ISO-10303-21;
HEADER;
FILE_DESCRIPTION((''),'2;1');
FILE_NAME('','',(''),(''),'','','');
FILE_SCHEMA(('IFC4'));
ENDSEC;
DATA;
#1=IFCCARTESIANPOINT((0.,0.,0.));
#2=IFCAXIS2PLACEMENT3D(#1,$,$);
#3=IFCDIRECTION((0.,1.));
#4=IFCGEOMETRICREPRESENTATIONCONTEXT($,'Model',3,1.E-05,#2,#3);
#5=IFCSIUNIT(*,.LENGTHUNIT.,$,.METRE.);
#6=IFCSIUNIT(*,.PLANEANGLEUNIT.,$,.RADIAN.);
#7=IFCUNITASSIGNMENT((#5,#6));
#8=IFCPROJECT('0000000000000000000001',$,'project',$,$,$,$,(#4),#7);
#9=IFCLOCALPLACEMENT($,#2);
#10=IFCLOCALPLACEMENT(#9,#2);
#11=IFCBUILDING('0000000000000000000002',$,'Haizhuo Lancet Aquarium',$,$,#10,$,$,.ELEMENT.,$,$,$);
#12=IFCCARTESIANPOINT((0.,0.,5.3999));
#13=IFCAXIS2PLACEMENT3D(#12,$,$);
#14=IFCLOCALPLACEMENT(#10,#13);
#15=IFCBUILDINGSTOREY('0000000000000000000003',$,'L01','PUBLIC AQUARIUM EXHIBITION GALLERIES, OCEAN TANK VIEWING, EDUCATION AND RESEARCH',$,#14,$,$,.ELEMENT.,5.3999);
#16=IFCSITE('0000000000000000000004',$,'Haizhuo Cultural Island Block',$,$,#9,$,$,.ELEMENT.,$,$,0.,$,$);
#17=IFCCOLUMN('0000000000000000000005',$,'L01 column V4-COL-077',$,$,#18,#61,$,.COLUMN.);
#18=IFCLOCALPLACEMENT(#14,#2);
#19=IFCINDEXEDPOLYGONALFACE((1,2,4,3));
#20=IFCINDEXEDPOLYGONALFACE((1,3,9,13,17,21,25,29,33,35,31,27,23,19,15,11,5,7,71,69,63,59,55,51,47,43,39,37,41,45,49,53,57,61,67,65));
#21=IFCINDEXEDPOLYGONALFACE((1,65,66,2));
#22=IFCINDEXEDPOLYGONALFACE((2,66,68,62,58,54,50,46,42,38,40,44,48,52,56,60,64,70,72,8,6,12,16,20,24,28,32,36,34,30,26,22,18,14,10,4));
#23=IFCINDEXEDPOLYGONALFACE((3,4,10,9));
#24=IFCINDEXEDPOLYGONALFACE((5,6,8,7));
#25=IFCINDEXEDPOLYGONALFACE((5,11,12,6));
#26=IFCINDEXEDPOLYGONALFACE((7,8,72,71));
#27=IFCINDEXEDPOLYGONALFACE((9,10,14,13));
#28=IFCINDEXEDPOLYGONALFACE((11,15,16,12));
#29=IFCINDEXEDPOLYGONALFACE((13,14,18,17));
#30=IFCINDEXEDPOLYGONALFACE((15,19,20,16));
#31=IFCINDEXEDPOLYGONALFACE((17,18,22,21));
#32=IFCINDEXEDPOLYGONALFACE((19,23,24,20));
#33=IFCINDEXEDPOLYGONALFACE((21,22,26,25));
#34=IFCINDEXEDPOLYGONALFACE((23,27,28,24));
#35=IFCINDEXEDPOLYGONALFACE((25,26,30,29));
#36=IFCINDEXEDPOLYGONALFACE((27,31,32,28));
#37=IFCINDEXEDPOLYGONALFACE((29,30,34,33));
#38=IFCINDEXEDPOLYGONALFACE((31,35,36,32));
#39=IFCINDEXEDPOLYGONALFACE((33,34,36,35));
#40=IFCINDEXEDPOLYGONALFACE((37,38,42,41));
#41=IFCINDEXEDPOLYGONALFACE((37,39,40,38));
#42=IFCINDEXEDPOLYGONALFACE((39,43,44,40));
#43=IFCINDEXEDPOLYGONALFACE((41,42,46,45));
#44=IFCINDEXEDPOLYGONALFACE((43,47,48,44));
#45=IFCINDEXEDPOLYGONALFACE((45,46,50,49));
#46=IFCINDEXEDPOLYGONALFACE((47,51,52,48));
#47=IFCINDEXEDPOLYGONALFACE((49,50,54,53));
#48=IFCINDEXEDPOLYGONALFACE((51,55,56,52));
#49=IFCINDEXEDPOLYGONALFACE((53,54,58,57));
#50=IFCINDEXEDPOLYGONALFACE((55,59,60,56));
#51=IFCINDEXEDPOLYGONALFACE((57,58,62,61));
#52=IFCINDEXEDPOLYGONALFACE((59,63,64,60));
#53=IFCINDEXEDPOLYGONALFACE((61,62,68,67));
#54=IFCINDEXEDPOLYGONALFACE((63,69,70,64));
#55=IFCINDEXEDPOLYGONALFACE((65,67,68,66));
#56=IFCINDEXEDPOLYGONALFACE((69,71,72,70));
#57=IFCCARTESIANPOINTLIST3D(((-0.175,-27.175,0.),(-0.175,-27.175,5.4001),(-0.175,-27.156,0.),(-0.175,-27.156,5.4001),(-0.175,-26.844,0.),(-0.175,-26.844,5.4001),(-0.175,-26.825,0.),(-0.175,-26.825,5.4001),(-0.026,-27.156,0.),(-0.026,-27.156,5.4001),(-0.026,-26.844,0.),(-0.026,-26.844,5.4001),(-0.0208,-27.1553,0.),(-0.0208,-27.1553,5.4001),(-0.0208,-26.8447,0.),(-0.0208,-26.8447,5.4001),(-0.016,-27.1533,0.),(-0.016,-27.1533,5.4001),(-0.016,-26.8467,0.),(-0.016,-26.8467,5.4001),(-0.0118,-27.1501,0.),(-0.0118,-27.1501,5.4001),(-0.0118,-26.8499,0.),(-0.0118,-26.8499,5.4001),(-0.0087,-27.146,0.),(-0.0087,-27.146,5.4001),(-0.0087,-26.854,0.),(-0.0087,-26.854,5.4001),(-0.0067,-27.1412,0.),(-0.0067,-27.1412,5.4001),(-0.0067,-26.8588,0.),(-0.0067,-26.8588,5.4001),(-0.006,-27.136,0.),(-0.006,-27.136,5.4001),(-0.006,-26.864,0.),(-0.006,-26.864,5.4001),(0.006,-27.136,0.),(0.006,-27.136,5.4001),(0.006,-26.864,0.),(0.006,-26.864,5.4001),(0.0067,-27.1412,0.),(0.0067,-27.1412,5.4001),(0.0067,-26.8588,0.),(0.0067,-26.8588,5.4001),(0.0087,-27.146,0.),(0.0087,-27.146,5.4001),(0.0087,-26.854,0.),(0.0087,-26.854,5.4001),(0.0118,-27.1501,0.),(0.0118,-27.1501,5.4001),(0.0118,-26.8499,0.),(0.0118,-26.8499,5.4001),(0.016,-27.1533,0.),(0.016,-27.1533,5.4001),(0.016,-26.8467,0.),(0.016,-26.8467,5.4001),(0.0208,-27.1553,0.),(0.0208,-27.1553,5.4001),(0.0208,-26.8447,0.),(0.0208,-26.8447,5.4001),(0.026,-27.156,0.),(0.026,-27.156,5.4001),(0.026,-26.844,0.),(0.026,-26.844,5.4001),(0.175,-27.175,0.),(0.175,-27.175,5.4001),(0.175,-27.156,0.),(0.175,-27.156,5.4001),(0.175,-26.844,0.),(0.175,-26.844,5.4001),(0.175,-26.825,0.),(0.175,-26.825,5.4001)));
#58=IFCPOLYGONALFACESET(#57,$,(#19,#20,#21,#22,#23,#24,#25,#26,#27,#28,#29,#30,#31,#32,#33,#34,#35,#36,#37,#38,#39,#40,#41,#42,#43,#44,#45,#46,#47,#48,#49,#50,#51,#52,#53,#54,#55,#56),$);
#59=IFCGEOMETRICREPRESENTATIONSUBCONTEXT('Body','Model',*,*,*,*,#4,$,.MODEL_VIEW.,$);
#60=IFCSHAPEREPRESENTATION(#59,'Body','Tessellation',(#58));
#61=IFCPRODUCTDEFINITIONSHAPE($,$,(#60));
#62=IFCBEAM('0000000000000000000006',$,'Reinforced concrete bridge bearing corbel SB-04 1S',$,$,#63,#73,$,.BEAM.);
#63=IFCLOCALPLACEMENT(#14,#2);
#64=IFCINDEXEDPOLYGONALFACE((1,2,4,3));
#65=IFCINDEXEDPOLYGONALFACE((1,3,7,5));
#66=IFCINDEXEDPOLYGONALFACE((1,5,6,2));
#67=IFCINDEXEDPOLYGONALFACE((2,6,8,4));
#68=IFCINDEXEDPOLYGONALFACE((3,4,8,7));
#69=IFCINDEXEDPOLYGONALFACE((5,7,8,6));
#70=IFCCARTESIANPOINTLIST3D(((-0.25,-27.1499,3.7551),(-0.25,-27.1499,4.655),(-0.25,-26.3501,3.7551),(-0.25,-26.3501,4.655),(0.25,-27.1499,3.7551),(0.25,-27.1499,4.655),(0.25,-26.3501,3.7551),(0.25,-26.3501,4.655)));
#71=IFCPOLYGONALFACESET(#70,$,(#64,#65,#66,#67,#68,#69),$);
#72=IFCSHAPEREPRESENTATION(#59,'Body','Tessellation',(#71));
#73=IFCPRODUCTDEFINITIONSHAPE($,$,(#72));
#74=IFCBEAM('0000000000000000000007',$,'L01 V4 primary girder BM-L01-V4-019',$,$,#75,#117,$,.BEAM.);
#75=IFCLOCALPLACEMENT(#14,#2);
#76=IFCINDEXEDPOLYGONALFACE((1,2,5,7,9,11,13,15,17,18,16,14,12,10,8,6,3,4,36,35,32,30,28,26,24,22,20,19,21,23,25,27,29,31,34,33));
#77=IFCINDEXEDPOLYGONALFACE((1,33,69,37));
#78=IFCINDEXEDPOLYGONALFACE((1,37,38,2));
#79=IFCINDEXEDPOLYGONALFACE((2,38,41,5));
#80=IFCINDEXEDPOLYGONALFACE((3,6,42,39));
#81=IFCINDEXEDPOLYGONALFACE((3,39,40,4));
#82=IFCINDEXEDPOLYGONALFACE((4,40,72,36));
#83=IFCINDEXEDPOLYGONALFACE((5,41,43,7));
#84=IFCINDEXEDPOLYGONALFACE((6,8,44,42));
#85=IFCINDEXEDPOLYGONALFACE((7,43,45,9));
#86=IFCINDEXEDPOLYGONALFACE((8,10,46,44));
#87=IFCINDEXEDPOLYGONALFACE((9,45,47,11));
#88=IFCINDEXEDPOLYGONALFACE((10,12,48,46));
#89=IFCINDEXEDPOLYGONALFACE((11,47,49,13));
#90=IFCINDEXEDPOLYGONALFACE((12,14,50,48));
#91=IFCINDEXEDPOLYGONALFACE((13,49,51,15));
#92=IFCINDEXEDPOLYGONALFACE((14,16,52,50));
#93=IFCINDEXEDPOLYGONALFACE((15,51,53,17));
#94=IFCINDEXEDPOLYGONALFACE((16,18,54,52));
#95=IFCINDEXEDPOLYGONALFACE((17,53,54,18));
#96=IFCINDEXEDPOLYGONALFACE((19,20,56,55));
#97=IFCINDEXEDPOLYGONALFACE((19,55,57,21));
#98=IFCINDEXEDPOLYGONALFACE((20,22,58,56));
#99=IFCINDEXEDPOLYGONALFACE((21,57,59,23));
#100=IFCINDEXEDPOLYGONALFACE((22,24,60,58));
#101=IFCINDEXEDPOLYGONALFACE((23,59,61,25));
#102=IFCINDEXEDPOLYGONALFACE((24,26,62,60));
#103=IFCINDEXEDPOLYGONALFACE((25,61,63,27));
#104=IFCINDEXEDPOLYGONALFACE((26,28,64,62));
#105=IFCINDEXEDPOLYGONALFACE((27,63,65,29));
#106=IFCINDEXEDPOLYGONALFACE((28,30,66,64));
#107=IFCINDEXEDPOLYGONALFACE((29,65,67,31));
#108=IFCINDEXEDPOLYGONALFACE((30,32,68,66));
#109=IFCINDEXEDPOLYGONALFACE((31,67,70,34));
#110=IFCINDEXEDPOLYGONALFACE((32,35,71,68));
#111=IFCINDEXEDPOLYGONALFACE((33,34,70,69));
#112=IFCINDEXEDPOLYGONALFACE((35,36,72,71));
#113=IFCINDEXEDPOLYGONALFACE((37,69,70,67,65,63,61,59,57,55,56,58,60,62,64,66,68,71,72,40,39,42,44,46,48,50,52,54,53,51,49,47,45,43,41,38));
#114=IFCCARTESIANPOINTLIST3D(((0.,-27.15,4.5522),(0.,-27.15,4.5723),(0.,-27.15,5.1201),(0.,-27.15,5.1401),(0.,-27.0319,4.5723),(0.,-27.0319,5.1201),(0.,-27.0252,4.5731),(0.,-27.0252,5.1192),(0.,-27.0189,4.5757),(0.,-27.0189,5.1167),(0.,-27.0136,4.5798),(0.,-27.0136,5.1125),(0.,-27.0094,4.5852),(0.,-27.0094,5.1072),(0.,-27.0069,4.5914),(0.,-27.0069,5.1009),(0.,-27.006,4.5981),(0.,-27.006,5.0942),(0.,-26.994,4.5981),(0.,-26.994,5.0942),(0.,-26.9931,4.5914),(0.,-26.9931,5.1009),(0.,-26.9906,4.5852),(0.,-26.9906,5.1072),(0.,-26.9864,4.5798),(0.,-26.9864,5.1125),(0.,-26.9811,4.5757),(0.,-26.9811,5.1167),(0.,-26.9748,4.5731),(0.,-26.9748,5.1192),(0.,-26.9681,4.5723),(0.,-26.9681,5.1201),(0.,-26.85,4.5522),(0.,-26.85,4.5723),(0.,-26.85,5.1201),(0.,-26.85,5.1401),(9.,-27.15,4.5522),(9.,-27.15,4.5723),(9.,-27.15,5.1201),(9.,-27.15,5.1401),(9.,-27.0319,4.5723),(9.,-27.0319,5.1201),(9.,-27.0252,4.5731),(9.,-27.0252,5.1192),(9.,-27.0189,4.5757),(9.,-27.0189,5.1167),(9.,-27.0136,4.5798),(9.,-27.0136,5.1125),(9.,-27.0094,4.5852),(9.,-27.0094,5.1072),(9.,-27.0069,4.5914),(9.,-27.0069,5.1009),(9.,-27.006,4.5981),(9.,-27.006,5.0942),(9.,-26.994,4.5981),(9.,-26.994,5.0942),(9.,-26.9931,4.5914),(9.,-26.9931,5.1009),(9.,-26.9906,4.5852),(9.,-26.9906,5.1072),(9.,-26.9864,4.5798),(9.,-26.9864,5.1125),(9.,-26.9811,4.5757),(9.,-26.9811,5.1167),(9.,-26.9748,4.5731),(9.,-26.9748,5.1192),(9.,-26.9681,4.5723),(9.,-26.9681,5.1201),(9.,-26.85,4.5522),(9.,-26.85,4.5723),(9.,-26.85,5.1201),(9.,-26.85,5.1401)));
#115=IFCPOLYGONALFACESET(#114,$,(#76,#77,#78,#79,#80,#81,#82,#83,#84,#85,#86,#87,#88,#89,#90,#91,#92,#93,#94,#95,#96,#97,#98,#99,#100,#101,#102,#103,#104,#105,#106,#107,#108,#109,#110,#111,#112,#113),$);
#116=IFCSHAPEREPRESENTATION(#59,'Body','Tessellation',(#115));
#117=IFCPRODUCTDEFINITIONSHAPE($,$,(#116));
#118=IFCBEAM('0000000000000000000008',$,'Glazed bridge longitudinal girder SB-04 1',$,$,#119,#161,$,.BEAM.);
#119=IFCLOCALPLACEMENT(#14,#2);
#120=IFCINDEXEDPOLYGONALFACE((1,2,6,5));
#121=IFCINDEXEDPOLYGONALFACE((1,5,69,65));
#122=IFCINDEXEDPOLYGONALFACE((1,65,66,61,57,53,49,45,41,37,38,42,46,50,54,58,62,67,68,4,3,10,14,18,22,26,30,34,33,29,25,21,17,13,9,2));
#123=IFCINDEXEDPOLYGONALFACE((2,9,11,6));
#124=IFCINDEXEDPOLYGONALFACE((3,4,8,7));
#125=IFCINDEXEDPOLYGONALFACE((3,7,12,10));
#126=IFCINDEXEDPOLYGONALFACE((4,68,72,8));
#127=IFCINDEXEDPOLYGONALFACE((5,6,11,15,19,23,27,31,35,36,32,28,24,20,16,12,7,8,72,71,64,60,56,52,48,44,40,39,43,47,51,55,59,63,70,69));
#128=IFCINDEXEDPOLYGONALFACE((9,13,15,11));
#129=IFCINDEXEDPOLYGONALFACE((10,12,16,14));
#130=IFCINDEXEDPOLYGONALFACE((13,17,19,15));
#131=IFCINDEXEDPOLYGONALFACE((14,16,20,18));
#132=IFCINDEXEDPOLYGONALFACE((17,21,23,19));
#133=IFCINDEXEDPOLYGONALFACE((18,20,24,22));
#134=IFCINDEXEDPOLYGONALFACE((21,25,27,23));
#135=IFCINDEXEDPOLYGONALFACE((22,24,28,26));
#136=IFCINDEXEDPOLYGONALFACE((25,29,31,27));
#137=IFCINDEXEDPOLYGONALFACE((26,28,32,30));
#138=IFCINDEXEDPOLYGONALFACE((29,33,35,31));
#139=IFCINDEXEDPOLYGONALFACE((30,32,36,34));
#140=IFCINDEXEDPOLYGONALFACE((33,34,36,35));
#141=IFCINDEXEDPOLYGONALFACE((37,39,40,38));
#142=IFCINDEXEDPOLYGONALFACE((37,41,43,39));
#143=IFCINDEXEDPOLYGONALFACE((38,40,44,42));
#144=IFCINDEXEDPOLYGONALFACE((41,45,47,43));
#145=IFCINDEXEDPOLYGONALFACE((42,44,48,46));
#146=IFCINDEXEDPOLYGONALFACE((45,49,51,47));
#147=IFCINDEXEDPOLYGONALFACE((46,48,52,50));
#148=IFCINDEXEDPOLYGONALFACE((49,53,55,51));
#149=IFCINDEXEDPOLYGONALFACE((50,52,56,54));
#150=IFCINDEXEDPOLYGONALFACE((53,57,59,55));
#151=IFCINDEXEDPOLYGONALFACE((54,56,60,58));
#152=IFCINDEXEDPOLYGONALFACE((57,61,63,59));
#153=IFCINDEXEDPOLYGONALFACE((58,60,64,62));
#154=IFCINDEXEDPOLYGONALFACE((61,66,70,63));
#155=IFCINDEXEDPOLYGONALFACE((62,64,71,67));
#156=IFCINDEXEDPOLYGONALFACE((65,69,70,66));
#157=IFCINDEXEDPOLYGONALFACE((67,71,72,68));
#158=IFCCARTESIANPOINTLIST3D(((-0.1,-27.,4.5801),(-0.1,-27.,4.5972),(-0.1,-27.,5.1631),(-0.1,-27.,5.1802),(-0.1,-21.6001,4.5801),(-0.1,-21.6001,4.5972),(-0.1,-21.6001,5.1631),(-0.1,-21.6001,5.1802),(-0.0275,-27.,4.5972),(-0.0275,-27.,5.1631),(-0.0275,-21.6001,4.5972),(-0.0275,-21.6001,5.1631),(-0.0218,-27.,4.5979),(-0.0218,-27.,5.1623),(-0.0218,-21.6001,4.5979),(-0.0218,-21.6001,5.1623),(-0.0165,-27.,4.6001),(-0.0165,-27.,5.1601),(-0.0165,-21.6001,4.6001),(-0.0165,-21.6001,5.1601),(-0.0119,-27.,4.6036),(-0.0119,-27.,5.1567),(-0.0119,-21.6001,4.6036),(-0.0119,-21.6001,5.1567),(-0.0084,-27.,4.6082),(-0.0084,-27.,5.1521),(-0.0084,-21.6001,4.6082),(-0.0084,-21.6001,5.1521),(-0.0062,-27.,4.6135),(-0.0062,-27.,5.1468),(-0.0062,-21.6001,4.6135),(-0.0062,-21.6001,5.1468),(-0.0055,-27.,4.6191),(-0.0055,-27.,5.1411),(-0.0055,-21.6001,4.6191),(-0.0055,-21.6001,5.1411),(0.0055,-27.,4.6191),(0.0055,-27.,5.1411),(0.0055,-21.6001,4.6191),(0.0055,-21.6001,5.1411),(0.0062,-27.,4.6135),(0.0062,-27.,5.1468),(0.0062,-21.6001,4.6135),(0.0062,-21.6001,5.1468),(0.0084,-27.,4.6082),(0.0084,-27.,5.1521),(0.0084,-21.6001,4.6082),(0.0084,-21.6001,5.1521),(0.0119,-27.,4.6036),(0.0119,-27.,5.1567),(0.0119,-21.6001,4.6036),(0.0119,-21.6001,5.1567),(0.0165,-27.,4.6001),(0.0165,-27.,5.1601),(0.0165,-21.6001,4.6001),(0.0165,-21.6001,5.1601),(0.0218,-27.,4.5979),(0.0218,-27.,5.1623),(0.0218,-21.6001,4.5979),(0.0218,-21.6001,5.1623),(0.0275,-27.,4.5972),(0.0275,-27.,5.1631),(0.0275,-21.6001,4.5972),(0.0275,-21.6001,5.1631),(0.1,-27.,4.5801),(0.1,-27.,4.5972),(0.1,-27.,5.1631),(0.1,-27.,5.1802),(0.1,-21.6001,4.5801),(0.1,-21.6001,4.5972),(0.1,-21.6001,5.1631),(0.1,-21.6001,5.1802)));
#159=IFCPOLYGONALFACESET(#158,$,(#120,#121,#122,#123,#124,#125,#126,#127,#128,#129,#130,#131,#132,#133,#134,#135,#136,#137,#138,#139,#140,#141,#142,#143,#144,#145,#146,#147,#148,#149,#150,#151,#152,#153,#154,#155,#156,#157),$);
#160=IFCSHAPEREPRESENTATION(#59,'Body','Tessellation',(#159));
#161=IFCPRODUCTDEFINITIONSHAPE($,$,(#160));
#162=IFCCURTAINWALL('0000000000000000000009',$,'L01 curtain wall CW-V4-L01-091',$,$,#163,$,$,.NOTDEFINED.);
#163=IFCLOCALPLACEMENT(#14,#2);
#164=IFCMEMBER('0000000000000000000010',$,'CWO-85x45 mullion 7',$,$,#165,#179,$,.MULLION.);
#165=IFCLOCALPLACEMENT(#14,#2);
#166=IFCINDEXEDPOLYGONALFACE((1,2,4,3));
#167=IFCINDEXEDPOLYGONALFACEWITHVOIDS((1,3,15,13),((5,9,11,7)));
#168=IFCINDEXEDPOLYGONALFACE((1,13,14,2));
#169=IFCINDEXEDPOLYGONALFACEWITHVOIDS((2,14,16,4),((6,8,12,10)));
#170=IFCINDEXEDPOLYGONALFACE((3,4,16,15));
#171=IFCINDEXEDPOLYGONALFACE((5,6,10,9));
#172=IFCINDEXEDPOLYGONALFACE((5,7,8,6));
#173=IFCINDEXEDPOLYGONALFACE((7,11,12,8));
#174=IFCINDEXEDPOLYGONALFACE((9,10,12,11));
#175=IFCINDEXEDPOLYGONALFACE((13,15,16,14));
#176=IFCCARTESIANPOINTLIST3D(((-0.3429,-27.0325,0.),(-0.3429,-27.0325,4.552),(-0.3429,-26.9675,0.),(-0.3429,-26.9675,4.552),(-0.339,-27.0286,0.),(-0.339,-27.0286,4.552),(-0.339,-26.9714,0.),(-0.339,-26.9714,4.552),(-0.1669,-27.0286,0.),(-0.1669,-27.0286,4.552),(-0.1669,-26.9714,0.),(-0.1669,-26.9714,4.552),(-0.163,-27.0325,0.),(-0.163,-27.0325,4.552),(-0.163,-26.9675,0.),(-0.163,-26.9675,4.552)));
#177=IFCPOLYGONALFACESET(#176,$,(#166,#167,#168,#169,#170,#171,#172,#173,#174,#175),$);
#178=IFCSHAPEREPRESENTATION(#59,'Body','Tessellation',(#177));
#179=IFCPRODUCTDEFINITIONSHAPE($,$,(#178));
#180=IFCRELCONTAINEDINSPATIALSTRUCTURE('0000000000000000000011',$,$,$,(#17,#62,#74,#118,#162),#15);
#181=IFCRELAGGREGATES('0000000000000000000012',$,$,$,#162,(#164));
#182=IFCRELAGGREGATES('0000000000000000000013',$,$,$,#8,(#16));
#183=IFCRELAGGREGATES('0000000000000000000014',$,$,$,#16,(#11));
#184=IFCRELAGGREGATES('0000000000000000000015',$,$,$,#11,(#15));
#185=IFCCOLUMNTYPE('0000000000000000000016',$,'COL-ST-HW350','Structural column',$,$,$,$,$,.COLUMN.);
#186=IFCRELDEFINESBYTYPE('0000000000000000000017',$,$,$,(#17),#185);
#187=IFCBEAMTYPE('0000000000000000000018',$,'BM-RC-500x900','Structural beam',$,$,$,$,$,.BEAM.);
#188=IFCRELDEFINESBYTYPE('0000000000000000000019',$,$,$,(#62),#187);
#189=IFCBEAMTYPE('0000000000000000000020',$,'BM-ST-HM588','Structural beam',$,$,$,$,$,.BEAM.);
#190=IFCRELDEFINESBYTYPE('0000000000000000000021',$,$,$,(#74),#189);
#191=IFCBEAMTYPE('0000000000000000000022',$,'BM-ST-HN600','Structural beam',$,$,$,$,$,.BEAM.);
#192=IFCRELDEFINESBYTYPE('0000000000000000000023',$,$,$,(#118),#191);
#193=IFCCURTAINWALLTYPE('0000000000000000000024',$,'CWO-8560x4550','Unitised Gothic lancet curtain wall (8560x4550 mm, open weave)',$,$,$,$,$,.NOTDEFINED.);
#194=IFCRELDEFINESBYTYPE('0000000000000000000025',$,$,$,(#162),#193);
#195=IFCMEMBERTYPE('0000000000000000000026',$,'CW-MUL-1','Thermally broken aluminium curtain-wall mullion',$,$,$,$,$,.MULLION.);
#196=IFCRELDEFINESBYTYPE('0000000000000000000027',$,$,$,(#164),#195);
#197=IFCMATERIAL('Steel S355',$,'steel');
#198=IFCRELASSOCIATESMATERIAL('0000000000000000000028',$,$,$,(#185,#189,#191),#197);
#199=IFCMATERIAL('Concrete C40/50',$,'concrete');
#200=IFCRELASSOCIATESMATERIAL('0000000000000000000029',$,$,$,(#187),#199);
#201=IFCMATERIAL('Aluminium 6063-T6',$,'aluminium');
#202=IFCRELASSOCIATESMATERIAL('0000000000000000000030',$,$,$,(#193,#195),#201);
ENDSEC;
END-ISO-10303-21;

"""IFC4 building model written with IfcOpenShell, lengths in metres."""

from ifc_helpers import new_model, si_unit, direction, frame, origin, origin_2d, place, context, subcontext, project, spatial, rectangle, hollow_rectangle, i_section, extrude, material, material_profile, profile_set, type_object, element, aggregate, save


model = new_model("IFC4")

# Units and contexts
model_context = context("Model", 3, precision=1e-05, world=origin(), true_north=direction((0.0, 1.0)))
body_context = subcontext(model_context, "Body", "Model", "MODEL_VIEW")
ifc_project = project(units=[si_unit("LENGTHUNIT", "METRE"), si_unit("PLANEANGLEUNIT", "RADIAN")], contexts=[model_context])

# Site, building, storey
site_placement = place(None, origin())
site = spatial("IfcSite", under=ifc_project, at=site_placement, Name="Haizhuo Cultural Island Block", CompositionType="ELEMENT", RefElevation=0.0)
building_placement = place(site_placement, origin())
building = spatial("IfcBuilding", under=site, at=building_placement, Name="Haizhuo Lancet Aquarium", CompositionType="ELEMENT")
storey_placement = place(building_placement, frame((0.0, 0.0, 5.3999)))
storey = spatial("IfcBuildingStorey", under=building, at=storey_placement, Name="L01", Description="PUBLIC AQUARIUM EXHIBITION GALLERIES, OCEAN TANK VIEWING, EDUCATION AND RESEARCH", CompositionType="ELEMENT", Elevation=5.3999)

# Column
ifc_material_1 = material(Name="Steel S355", Category="steel")
ifc_material_profile_1 = material_profile(ifc_material_1, i_section(OverallWidth=0.3501, OverallDepth=0.3501, WebThickness=0.012, FlangeThickness=0.019, FilletRadius=0.02, at=origin_2d()), Name="HW 350x350x12x19")
ifc_profile_set_1 = profile_set([ifc_material_profile_1], Name="Steel S355")
column_type = type_object("IfcColumnType", Name="COL-ST-HW350", Description="Structural column", PredefinedType="COLUMN", material=ifc_profile_set_1)
column_placement = place(storey_placement, frame((0.0, -27.0, 0.0), z_axis=(0.0, 0.0, 1.0), x_axis=(1.0, 0.0, 0.0)))
element("IfcColumn", 1, at=column_placement, inside=storey, type_object=column_type, Name="L01 column V4-COL-077", PredefinedType="COLUMN", context=body_context, shape_type="SweptSolid", body=[
    extrude(i_section(OverallWidth=0.3501, OverallDepth=0.3501, WebThickness=0.012, FlangeThickness=0.019, FilletRadius=0.02, at=origin_2d()), origin(), (0.0, 0.0, 1.0), 5.4001),
])

# Beams
ifc_material_2 = material(Name="Concrete C40/50", Category="concrete")
ifc_material_profile_2 = material_profile(ifc_material_2, rectangle(XDim=0.5, YDim=0.8999, at=origin_2d()), Name="RC-BM 500x900")
ifc_profile_set_2 = profile_set([ifc_material_profile_2], Name="Concrete C40/50")
beam_type_1 = type_object("IfcBeamType", Name="BM-RC-500x900", Description="Structural beam", PredefinedType="BEAM", material=ifc_profile_set_2)
beam_1_placement = place(storey_placement, frame((0.0, -27.1499, 4.2051), z_axis=(0.0, 1.0, 0.0), x_axis=(-1.0, 0.0, 0.0)))
element("IfcBeam", 2, at=beam_1_placement, inside=storey, type_object=beam_type_1, Name="Reinforced concrete bridge bearing corbel SB-04 1S", PredefinedType="BEAM", context=body_context, shape_type="SweptSolid", body=[
    extrude(rectangle(XDim=0.5, YDim=0.8999, at=origin_2d()), origin(), (0.0, 0.0, 1.0), 0.7998),
])
ifc_material_profile_3 = material_profile(ifc_material_1, i_section(OverallWidth=0.3, OverallDepth=0.5879, WebThickness=0.012, FlangeThickness=0.02, FilletRadius=0.0259, at=origin_2d()), Name="HM 588x300x12x20")
ifc_profile_set_3 = profile_set([ifc_material_profile_3], Name="Steel S355")
beam_type_2 = type_object("IfcBeamType", Name="BM-ST-HM588", Description="Structural beam", PredefinedType="BEAM", material=ifc_profile_set_3)
beam_2_placement = place(storey_placement, frame((0.0, -27.0, 4.8462), z_axis=(1.0, 0.0, 0.0), x_axis=(0.0, 1.0, 0.0)))
element("IfcBeam", 3, at=beam_2_placement, inside=storey, type_object=beam_type_2, Name="L01 V4 primary girder BM-L01-V4-019", PredefinedType="BEAM", context=body_context, shape_type="SweptSolid", body=[
    extrude(i_section(OverallWidth=0.3, OverallDepth=0.5879, WebThickness=0.012, FlangeThickness=0.02, FilletRadius=0.0259, at=origin_2d()), origin(), (0.0, 0.0, 1.0), 9.0),
])
ifc_material_profile_4 = material_profile(ifc_material_1, i_section(OverallWidth=0.2, OverallDepth=0.6001, WebThickness=0.011, FlangeThickness=0.0171, FilletRadius=0.022, at=origin_2d()), Name="HN 600x200x11x17")
ifc_profile_set_4 = profile_set([ifc_material_profile_4], Name="Steel S355")
beam_type_3 = type_object("IfcBeamType", Name="BM-ST-HN600", Description="Structural beam", PredefinedType="BEAM", material=ifc_profile_set_4)
beam_3_placement = place(storey_placement, frame((0.0, -27.0, 4.8801), z_axis=(0.0, 1.0, 0.0), x_axis=(-1.0, 0.0, 0.0)))
element("IfcBeam", 4, at=beam_3_placement, inside=storey, type_object=beam_type_3, Name="Glazed bridge longitudinal girder SB-04 1", PredefinedType="BEAM", context=body_context, shape_type="SweptSolid", body=[
    extrude(i_section(OverallWidth=0.2, OverallDepth=0.6001, WebThickness=0.011, FlangeThickness=0.0171, FilletRadius=0.022, at=origin_2d()), origin(), (0.0, 0.0, 1.0), 5.3999),
])

# Curtain wall, member
ifc_material_3 = material(Name="Aluminium 6063-T6", Category="aluminium")
curtain_wall_type = type_object("IfcCurtainWallType", Name="CWO-8560x4550", Description="Unitised Gothic lancet curtain wall (8560x4550 mm, open weave)", PredefinedType="NOTDEFINED", material=ifc_material_3)
curtain_wall_1_placement = place(storey_placement, origin())
curtain_wall_1 = element("IfcCurtainWall", 5, at=curtain_wall_1_placement, inside=storey, type_object=curtain_wall_type, Name="L01 curtain wall CW-V4-L01-091", PredefinedType="NOTDEFINED")
ifc_material_profile_5 = material_profile(ifc_material_3, hollow_rectangle(XDim=0.0649, YDim=0.1799, WallThickness=0.0039, at=origin_2d()), Name="ALU-M 65x180x4")
ifc_profile_set_5 = profile_set([ifc_material_profile_5], Name="Aluminium 6063-T6")
member_type_1 = type_object("IfcMemberType", Name="CW-MUL-1", Description="Thermally broken aluminium curtain-wall mullion", PredefinedType="MULLION", material=ifc_profile_set_5)
member_1_placement = place(storey_placement, frame((-0.2529, -27.0, 0.0), z_axis=(0.0, 0.0, 1.0), x_axis=(0.0, 1.0, 0.0)))
member_1 = element("IfcMember", 6, at=member_1_placement, type_object=member_type_1, Name="CWO-85x45 mullion 7", PredefinedType="MULLION", context=body_context, shape_type="SweptSolid", body=[
    extrude(hollow_rectangle(XDim=0.0649, YDim=0.1799, WallThickness=0.0039, at=origin_2d()), origin(), (0.0, 0.0, 1.0), 4.552),
])

aggregate(curtain_wall_1, [member_1])

save(model, "model.ifc")
